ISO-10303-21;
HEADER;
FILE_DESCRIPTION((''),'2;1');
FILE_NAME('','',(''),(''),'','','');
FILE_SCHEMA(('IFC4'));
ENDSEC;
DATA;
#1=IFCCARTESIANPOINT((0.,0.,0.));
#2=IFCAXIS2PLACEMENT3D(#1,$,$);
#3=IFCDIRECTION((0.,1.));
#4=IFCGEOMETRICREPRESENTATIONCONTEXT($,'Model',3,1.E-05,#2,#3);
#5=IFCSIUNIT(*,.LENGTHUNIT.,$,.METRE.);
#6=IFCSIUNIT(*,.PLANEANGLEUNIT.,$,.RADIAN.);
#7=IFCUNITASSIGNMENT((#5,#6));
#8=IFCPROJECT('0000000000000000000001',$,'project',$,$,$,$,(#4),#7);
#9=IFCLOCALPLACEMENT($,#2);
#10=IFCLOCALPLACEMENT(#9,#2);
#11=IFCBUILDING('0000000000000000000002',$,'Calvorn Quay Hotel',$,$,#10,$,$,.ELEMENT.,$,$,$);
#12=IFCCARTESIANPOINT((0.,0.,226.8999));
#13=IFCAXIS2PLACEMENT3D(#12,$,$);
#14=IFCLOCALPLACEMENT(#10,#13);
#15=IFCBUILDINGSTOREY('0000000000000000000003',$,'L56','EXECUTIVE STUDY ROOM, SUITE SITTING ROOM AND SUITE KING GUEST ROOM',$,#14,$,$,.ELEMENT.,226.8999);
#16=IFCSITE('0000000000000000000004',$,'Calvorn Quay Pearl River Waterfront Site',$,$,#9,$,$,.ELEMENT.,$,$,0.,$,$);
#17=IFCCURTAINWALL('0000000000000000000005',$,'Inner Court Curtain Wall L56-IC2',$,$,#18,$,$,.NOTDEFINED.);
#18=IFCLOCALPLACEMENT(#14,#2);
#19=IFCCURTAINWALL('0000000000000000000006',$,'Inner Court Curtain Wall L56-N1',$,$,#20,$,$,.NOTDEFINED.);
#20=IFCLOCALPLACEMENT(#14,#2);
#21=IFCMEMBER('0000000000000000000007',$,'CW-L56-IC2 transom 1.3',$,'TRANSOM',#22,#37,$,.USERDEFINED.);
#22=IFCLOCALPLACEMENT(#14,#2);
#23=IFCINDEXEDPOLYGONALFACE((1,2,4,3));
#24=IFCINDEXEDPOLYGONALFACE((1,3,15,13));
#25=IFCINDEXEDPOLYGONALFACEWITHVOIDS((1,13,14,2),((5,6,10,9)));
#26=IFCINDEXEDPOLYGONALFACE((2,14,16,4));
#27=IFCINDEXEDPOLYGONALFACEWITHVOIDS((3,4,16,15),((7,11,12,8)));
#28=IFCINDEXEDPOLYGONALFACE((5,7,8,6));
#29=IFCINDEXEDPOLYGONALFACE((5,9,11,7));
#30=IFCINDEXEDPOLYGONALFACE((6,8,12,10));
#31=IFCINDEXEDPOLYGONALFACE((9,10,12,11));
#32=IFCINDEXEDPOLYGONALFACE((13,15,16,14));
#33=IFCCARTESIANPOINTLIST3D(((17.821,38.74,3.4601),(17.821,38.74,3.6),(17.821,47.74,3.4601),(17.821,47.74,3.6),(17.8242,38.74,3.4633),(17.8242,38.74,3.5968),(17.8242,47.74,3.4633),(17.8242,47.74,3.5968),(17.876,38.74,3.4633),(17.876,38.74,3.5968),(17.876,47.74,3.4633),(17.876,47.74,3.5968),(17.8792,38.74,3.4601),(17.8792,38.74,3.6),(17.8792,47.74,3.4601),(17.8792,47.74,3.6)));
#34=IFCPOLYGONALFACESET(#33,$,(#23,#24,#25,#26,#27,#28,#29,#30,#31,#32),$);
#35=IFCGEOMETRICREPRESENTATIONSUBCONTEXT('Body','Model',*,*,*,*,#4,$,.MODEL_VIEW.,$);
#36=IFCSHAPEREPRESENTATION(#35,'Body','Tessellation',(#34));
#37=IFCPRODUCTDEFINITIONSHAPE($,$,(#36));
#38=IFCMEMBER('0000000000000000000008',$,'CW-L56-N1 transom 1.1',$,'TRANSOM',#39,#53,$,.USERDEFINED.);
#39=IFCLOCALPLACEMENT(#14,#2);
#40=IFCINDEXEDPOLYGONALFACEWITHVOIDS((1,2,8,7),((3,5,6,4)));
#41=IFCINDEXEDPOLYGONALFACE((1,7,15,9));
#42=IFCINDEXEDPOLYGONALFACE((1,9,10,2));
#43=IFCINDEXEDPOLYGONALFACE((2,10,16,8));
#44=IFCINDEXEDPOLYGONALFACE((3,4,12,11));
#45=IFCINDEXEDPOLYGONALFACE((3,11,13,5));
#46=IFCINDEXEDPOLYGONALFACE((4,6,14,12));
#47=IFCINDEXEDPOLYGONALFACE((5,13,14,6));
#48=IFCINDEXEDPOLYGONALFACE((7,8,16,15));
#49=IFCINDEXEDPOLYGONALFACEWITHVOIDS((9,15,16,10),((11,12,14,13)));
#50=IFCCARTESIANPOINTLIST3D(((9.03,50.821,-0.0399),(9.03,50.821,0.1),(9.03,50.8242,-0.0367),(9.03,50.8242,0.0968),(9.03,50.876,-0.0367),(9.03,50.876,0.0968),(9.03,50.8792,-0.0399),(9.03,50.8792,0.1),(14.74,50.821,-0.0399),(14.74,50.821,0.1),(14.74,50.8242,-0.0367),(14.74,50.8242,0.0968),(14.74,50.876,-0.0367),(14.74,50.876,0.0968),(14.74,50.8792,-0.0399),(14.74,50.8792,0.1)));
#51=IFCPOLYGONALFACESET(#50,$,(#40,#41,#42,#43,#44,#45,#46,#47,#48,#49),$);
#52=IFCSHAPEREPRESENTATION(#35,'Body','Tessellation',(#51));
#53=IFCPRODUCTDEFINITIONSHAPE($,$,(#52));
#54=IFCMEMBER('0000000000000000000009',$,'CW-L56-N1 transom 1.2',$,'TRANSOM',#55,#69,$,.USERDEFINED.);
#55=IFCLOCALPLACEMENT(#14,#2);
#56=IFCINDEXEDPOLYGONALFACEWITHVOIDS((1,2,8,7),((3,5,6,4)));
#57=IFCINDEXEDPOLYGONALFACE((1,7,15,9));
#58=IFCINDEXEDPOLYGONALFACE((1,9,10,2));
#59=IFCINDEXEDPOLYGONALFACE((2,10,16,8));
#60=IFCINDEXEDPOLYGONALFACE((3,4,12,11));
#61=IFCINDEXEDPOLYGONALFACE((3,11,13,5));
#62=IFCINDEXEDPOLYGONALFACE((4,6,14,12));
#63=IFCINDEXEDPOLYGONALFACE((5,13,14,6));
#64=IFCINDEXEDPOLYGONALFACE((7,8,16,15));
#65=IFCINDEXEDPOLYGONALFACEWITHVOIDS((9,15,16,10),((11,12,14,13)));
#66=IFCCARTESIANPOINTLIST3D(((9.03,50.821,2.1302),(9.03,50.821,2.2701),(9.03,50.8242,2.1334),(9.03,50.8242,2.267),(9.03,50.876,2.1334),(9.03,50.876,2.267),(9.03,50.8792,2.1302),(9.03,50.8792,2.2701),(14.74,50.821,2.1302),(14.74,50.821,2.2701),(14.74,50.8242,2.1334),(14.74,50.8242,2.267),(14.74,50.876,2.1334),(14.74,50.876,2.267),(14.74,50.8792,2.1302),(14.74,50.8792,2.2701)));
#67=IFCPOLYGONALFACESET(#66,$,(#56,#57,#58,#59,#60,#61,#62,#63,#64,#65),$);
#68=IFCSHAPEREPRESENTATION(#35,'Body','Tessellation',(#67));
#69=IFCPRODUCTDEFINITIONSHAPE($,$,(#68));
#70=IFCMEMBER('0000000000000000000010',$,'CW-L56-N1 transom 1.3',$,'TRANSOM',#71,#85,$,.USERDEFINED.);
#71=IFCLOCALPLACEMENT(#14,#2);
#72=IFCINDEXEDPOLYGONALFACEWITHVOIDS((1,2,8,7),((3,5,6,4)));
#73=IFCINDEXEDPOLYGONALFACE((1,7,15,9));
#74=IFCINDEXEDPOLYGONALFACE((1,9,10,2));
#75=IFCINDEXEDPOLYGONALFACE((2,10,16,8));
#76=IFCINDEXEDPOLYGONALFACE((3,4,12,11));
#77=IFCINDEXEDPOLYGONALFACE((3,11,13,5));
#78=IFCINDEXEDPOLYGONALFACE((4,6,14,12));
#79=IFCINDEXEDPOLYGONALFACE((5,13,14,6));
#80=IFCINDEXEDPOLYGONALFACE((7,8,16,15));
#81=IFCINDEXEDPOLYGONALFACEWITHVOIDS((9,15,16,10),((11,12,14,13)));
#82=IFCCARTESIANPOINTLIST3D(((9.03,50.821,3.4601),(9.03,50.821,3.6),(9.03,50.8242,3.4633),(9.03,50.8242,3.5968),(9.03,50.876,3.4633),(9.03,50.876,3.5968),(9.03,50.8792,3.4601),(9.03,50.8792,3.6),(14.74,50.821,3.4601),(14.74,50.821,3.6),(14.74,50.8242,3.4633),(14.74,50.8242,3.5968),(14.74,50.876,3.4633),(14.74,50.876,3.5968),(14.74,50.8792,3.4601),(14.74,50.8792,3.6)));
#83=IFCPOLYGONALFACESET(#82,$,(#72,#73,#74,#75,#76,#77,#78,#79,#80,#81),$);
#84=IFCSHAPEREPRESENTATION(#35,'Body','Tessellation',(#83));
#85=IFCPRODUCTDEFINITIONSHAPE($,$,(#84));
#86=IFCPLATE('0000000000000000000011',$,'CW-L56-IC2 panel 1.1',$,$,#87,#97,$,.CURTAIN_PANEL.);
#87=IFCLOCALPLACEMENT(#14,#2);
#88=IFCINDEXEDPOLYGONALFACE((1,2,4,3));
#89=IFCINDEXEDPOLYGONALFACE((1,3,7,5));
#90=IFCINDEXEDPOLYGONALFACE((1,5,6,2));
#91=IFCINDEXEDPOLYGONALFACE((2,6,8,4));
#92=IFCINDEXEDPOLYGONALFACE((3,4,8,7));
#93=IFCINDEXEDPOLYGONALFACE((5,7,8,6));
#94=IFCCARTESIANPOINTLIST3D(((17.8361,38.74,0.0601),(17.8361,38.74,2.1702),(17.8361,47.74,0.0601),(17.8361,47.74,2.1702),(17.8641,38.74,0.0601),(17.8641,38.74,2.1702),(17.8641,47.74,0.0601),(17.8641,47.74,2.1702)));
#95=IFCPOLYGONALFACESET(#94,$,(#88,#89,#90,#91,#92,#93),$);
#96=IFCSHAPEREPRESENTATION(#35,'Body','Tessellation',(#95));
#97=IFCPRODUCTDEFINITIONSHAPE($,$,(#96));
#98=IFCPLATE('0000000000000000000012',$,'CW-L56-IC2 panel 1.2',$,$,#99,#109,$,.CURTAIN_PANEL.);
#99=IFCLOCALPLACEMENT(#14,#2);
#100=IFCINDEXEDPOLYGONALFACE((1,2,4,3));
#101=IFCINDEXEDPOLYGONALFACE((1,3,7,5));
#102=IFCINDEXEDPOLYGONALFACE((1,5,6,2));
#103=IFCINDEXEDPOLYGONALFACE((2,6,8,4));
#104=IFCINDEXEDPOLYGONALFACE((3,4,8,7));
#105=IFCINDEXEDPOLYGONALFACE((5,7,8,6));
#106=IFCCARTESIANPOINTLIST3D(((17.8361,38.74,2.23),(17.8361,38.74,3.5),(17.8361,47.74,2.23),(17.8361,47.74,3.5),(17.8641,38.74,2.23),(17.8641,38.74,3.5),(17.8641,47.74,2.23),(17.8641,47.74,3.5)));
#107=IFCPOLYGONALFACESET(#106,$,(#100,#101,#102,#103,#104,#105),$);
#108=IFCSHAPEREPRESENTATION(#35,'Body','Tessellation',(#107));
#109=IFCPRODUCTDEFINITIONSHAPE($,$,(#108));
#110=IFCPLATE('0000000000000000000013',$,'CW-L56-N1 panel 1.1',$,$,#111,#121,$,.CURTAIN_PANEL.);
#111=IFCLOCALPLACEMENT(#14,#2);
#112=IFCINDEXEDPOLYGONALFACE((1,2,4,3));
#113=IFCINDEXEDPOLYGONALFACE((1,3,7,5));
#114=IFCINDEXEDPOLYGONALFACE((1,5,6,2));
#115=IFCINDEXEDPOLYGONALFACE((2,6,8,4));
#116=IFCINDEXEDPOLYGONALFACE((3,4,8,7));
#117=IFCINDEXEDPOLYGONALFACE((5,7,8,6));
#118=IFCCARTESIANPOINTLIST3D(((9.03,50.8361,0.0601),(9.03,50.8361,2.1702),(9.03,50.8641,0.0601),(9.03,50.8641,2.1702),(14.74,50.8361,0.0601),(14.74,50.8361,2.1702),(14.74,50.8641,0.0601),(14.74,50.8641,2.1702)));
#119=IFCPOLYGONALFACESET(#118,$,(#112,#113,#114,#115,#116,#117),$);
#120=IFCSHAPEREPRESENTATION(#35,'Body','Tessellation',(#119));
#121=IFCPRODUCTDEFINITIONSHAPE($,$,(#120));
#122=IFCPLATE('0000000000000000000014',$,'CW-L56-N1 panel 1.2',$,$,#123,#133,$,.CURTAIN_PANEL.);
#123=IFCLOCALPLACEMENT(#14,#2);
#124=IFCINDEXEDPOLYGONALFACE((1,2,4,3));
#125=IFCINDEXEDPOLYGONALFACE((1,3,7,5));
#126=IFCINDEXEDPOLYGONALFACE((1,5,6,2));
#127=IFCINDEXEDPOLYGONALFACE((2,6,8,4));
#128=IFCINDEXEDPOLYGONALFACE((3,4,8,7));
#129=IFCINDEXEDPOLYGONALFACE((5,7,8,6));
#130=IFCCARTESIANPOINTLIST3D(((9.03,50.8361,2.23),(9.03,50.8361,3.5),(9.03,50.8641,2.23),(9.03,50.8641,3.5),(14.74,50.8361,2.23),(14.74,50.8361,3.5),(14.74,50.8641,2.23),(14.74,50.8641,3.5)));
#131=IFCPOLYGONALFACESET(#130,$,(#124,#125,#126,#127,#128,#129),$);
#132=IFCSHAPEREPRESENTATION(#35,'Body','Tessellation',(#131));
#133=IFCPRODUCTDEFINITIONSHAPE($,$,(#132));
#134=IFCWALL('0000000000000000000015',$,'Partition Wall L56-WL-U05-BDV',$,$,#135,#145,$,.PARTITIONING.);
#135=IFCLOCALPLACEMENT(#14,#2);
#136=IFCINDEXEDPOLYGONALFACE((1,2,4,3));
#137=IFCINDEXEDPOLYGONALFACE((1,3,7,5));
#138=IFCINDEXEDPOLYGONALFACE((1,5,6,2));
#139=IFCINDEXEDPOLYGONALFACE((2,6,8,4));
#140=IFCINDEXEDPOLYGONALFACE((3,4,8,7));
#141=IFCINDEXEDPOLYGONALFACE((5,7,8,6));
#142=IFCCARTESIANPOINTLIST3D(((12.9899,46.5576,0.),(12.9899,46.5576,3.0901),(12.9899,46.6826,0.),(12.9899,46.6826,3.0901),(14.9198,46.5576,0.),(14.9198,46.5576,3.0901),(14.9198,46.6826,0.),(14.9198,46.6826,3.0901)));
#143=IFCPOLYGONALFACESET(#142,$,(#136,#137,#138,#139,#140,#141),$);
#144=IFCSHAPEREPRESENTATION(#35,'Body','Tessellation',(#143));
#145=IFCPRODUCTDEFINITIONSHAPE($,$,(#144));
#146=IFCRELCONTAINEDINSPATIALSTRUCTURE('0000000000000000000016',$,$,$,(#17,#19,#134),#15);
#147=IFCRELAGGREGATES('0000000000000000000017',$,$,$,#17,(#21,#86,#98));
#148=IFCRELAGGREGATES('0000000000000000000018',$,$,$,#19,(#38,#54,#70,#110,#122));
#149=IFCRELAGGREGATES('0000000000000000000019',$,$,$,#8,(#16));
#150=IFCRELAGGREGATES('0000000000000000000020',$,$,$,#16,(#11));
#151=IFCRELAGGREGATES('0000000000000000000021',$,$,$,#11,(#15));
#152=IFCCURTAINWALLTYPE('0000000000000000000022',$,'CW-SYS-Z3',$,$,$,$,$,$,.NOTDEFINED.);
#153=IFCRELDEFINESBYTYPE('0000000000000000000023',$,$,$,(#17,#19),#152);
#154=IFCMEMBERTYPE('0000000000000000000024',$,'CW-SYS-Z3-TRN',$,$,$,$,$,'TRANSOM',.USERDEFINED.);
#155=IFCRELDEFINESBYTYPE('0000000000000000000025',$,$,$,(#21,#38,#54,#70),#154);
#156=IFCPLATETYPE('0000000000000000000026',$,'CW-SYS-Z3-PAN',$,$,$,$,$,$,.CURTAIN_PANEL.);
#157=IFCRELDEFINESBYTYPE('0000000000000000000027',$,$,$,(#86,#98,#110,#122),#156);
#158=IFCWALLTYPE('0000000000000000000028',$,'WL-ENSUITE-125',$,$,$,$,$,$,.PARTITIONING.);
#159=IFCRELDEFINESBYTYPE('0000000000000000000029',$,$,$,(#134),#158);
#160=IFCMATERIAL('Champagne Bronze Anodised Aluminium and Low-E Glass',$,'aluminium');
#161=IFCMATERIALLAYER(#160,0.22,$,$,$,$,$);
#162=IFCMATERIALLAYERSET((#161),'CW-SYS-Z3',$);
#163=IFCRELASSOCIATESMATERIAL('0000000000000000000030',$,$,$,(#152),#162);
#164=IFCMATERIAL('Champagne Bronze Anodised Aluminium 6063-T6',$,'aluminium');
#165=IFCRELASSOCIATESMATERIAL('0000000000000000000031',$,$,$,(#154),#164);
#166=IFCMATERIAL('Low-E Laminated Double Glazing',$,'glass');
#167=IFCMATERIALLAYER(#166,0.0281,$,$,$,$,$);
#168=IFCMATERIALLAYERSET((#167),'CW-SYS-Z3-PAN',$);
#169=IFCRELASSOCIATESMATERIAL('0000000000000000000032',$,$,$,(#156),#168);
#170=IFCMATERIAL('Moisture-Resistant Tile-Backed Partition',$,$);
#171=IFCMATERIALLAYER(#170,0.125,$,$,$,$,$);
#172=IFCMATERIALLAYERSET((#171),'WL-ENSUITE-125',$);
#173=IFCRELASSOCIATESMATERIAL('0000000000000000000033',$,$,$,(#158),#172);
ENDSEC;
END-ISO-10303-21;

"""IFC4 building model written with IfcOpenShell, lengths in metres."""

from ifc_helpers import new_model, si_unit, direction, frame, frame_2d, origin, origin_2d, place, context, subcontext, project, spatial, rectangle, hollow_rectangle, extrude, material, layer, layer_set, material_profile, profile_set, type_object, element, aggregate, save


model = new_model("IFC4")

# Units and contexts
model_context = context("Model", 3, precision=1e-05, world=origin(), true_north=direction((0.0, 1.0)))
body_context = subcontext(model_context, "Body", "Model", "MODEL_VIEW")
ifc_project = project(units=[si_unit("LENGTHUNIT", "METRE"), si_unit("PLANEANGLEUNIT", "RADIAN")], contexts=[model_context])

# Site, building, storey
site_placement = place(None, origin())
site = spatial("IfcSite", under=ifc_project, at=site_placement, Name="Calvorn Quay Pearl River Waterfront Site", CompositionType="ELEMENT", RefElevation=0.0)
building_placement = place(site_placement, origin())
building = spatial("IfcBuilding", under=site, at=building_placement, Name="Calvorn Quay Hotel", CompositionType="ELEMENT")
storey_placement = place(building_placement, frame((0.0, 0.0, 226.8999)))
storey = spatial("IfcBuildingStorey", under=building, at=storey_placement, Name="L56", Description="EXECUTIVE STUDY ROOM, SUITE SITTING ROOM AND SUITE KING GUEST ROOM", CompositionType="ELEMENT", Elevation=226.8999)

# Curtain walls
ifc_material_1 = material(Name="Champagne Bronze Anodised Aluminium and Low-E Glass", Category="aluminium")
ifc_layer_1 = layer(ifc_material_1, 0.22)
ifc_layer_set_1 = layer_set([ifc_layer_1], Name="CW-SYS-Z3")
curtain_wall_type = type_object("IfcCurtainWallType", Name="CW-SYS-Z3", PredefinedType="NOTDEFINED", material=ifc_layer_set_1)
curtain_wall_1_placement = place(storey_placement, origin())
curtain_wall_1 = element("IfcCurtainWall", 1, at=curtain_wall_1_placement, inside=storey, type_object=curtain_wall_type, Name="Inner Court Curtain Wall L56-IC2", PredefinedType="NOTDEFINED")
curtain_wall_2_placement = place(storey_placement, origin())
curtain_wall_2 = element("IfcCurtainWall", 2, at=curtain_wall_2_placement, inside=storey, type_object=curtain_wall_type, Name="Inner Court Curtain Wall L56-N1", PredefinedType="NOTDEFINED")

# Members
ifc_material_2 = material(Name="Champagne Bronze Anodised Aluminium 6063-T6", Category="aluminium")
ifc_material_profile_1 = material_profile(ifc_material_2, hollow_rectangle(XDim=0.0581, YDim=0.1399, WallThickness=0.0032, at=origin_2d()), Name="ALU-T140x58x3.2")
ifc_profile_set_1 = profile_set([ifc_material_profile_1], Name="Champagne Bronze Anodised Aluminium 6063-T6")
member_type_1 = type_object("IfcMemberType", Name="CW-SYS-Z3-TRN", ElementType="TRANSOM", PredefinedType="USERDEFINED", material=ifc_profile_set_1)
member_1_placement = place(storey_placement, frame((17.8501, 38.74, 3.53), z_axis=(0.0, 1.0, 0.0), x_axis=(-1.0, 0.0, 0.0)))
member_1 = element("IfcMember", 3, at=member_1_placement, type_object=member_type_1, Name="CW-L56-IC2 transom 1.3", ObjectType="TRANSOM", PredefinedType="USERDEFINED", context=body_context, shape_type="SweptSolid", body=[
    extrude(hollow_rectangle(XDim=0.0581, YDim=0.1399, WallThickness=0.0032, at=origin_2d()), origin(), (0.0, 0.0, 1.0), 9.0),
])
member_2_placement = place(storey_placement, frame((14.74, 50.8501, 0.03), z_axis=(-1.0, 0.0, 0.0), x_axis=(0.0, -1.0, 0.0)))
member_2 = element("IfcMember", 4, at=member_2_placement, type_object=member_type_1, Name="CW-L56-N1 transom 1.1", ObjectType="TRANSOM", PredefinedType="USERDEFINED", context=body_context, shape_type="SweptSolid", body=[
    extrude(hollow_rectangle(XDim=0.0581, YDim=0.1399, WallThickness=0.0032, at=origin_2d()), origin(), (0.0, 0.0, 1.0), 5.71),
])
member_3_placement = place(storey_placement, frame((14.74, 50.8501, 2.2002), z_axis=(-1.0, 0.0, 0.0), x_axis=(0.0, -1.0, 0.0)))
member_3 = element("IfcMember", 5, at=member_3_placement, type_object=member_type_1, Name="CW-L56-N1 transom 1.2", ObjectType="TRANSOM", PredefinedType="USERDEFINED", context=body_context, shape_type="SweptSolid", body=[
    extrude(hollow_rectangle(XDim=0.0581, YDim=0.1399, WallThickness=0.0032, at=origin_2d()), origin(), (0.0, 0.0, 1.0), 5.71),
])
member_4_placement = place(storey_placement, frame((14.74, 50.8501, 3.53), z_axis=(-1.0, 0.0, 0.0), x_axis=(0.0, -1.0, 0.0)))
member_4 = element("IfcMember", 6, at=member_4_placement, type_object=member_type_1, Name="CW-L56-N1 transom 1.3", ObjectType="TRANSOM", PredefinedType="USERDEFINED", context=body_context, shape_type="SweptSolid", body=[
    extrude(hollow_rectangle(XDim=0.0581, YDim=0.1399, WallThickness=0.0032, at=origin_2d()), origin(), (0.0, 0.0, 1.0), 5.71),
])

# Plates
ifc_material_3 = material(Name="Low-E Laminated Double Glazing", Category="glass")
ifc_layer_2 = layer(ifc_material_3, 0.0281)
ifc_layer_set_2 = layer_set([ifc_layer_2], Name="CW-SYS-Z3-PAN")
plate_type = type_object("IfcPlateType", Name="CW-SYS-Z3-PAN", PredefinedType="CURTAIN_PANEL", material=ifc_layer_set_2)
plate_1_placement = place(storey_placement, frame((17.8501, 43.24, 0.0601), z_axis=(0.0, 0.0, 1.0), x_axis=(0.0, 1.0, 0.0)))
plate_1 = element("IfcPlate", 7, at=plate_1_placement, type_object=plate_type, Name="CW-L56-IC2 panel 1.1", PredefinedType="CURTAIN_PANEL", context=body_context, shape_type="SweptSolid", body=[
    extrude(rectangle(XDim=9.0, YDim=0.0281, at=origin_2d()), origin(), (0.0, 0.0, 1.0), 2.1101),
])
plate_2_placement = place(storey_placement, frame((17.8501, 43.24, 2.23), z_axis=(0.0, 0.0, 1.0), x_axis=(0.0, 1.0, 0.0)))
plate_2 = element("IfcPlate", 8, at=plate_2_placement, type_object=plate_type, Name="CW-L56-IC2 panel 1.2", PredefinedType="CURTAIN_PANEL", context=body_context, shape_type="SweptSolid", body=[
    extrude(rectangle(XDim=9.0, YDim=0.0281, at=origin_2d()), origin(), (0.0, 0.0, 1.0), 1.27),
])
aggregate(curtain_wall_1, [member_1, plate_1, plate_2])
plate_3_placement = place(storey_placement, frame((11.885, 50.8501, 0.0601), z_axis=(0.0, 0.0, 1.0), x_axis=(-1.0, 0.0, 0.0)))
plate_3 = element("IfcPlate", 9, at=plate_3_placement, type_object=plate_type, Name="CW-L56-N1 panel 1.1", PredefinedType="CURTAIN_PANEL", context=body_context, shape_type="SweptSolid", body=[
    extrude(rectangle(XDim=5.71, YDim=0.0281, at=origin_2d()), origin(), (0.0, 0.0, 1.0), 2.1101),
])
plate_4_placement = place(storey_placement, frame((11.885, 50.8501, 2.23), z_axis=(0.0, 0.0, 1.0), x_axis=(-1.0, 0.0, 0.0)))
plate_4 = element("IfcPlate", 10, at=plate_4_placement, type_object=plate_type, Name="CW-L56-N1 panel 1.2", PredefinedType="CURTAIN_PANEL", context=body_context, shape_type="SweptSolid", body=[
    extrude(rectangle(XDim=5.71, YDim=0.0281, at=origin_2d()), origin(), (0.0, 0.0, 1.0), 1.27),
])
aggregate(curtain_wall_2, [member_2, member_3, member_4, plate_3, plate_4])

# Wall
ifc_material_4 = material(Name="Moisture-Resistant Tile-Backed Partition")
ifc_layer_3 = layer(ifc_material_4, 0.125)
ifc_layer_set_3 = layer_set([ifc_layer_3], Name="WL-ENSUITE-125")
wall_type_1 = type_object("IfcWallType", Name="WL-ENSUITE-125", PredefinedType="PARTITIONING", material=ifc_layer_set_3)
wall_1_placement = place(storey_placement, frame((12.99, 46.6201, 0.0), z_axis=(0.0, 0.0, 1.0), x_axis=(1.0, 0.0, 0.0)))
element("IfcWall", 11, at=wall_1_placement, inside=storey, type_object=wall_type_1, Name="Partition Wall L56-WL-U05-BDV", PredefinedType="PARTITIONING", context=body_context, shape_type="SweptSolid", body=[
    extrude(rectangle(XDim=1.9299, YDim=0.125, at=frame_2d((0.9648, 0.0))), origin(), (0.0, 0.0, 1.0), 3.0901),
])

save(model, "model.ifc")
